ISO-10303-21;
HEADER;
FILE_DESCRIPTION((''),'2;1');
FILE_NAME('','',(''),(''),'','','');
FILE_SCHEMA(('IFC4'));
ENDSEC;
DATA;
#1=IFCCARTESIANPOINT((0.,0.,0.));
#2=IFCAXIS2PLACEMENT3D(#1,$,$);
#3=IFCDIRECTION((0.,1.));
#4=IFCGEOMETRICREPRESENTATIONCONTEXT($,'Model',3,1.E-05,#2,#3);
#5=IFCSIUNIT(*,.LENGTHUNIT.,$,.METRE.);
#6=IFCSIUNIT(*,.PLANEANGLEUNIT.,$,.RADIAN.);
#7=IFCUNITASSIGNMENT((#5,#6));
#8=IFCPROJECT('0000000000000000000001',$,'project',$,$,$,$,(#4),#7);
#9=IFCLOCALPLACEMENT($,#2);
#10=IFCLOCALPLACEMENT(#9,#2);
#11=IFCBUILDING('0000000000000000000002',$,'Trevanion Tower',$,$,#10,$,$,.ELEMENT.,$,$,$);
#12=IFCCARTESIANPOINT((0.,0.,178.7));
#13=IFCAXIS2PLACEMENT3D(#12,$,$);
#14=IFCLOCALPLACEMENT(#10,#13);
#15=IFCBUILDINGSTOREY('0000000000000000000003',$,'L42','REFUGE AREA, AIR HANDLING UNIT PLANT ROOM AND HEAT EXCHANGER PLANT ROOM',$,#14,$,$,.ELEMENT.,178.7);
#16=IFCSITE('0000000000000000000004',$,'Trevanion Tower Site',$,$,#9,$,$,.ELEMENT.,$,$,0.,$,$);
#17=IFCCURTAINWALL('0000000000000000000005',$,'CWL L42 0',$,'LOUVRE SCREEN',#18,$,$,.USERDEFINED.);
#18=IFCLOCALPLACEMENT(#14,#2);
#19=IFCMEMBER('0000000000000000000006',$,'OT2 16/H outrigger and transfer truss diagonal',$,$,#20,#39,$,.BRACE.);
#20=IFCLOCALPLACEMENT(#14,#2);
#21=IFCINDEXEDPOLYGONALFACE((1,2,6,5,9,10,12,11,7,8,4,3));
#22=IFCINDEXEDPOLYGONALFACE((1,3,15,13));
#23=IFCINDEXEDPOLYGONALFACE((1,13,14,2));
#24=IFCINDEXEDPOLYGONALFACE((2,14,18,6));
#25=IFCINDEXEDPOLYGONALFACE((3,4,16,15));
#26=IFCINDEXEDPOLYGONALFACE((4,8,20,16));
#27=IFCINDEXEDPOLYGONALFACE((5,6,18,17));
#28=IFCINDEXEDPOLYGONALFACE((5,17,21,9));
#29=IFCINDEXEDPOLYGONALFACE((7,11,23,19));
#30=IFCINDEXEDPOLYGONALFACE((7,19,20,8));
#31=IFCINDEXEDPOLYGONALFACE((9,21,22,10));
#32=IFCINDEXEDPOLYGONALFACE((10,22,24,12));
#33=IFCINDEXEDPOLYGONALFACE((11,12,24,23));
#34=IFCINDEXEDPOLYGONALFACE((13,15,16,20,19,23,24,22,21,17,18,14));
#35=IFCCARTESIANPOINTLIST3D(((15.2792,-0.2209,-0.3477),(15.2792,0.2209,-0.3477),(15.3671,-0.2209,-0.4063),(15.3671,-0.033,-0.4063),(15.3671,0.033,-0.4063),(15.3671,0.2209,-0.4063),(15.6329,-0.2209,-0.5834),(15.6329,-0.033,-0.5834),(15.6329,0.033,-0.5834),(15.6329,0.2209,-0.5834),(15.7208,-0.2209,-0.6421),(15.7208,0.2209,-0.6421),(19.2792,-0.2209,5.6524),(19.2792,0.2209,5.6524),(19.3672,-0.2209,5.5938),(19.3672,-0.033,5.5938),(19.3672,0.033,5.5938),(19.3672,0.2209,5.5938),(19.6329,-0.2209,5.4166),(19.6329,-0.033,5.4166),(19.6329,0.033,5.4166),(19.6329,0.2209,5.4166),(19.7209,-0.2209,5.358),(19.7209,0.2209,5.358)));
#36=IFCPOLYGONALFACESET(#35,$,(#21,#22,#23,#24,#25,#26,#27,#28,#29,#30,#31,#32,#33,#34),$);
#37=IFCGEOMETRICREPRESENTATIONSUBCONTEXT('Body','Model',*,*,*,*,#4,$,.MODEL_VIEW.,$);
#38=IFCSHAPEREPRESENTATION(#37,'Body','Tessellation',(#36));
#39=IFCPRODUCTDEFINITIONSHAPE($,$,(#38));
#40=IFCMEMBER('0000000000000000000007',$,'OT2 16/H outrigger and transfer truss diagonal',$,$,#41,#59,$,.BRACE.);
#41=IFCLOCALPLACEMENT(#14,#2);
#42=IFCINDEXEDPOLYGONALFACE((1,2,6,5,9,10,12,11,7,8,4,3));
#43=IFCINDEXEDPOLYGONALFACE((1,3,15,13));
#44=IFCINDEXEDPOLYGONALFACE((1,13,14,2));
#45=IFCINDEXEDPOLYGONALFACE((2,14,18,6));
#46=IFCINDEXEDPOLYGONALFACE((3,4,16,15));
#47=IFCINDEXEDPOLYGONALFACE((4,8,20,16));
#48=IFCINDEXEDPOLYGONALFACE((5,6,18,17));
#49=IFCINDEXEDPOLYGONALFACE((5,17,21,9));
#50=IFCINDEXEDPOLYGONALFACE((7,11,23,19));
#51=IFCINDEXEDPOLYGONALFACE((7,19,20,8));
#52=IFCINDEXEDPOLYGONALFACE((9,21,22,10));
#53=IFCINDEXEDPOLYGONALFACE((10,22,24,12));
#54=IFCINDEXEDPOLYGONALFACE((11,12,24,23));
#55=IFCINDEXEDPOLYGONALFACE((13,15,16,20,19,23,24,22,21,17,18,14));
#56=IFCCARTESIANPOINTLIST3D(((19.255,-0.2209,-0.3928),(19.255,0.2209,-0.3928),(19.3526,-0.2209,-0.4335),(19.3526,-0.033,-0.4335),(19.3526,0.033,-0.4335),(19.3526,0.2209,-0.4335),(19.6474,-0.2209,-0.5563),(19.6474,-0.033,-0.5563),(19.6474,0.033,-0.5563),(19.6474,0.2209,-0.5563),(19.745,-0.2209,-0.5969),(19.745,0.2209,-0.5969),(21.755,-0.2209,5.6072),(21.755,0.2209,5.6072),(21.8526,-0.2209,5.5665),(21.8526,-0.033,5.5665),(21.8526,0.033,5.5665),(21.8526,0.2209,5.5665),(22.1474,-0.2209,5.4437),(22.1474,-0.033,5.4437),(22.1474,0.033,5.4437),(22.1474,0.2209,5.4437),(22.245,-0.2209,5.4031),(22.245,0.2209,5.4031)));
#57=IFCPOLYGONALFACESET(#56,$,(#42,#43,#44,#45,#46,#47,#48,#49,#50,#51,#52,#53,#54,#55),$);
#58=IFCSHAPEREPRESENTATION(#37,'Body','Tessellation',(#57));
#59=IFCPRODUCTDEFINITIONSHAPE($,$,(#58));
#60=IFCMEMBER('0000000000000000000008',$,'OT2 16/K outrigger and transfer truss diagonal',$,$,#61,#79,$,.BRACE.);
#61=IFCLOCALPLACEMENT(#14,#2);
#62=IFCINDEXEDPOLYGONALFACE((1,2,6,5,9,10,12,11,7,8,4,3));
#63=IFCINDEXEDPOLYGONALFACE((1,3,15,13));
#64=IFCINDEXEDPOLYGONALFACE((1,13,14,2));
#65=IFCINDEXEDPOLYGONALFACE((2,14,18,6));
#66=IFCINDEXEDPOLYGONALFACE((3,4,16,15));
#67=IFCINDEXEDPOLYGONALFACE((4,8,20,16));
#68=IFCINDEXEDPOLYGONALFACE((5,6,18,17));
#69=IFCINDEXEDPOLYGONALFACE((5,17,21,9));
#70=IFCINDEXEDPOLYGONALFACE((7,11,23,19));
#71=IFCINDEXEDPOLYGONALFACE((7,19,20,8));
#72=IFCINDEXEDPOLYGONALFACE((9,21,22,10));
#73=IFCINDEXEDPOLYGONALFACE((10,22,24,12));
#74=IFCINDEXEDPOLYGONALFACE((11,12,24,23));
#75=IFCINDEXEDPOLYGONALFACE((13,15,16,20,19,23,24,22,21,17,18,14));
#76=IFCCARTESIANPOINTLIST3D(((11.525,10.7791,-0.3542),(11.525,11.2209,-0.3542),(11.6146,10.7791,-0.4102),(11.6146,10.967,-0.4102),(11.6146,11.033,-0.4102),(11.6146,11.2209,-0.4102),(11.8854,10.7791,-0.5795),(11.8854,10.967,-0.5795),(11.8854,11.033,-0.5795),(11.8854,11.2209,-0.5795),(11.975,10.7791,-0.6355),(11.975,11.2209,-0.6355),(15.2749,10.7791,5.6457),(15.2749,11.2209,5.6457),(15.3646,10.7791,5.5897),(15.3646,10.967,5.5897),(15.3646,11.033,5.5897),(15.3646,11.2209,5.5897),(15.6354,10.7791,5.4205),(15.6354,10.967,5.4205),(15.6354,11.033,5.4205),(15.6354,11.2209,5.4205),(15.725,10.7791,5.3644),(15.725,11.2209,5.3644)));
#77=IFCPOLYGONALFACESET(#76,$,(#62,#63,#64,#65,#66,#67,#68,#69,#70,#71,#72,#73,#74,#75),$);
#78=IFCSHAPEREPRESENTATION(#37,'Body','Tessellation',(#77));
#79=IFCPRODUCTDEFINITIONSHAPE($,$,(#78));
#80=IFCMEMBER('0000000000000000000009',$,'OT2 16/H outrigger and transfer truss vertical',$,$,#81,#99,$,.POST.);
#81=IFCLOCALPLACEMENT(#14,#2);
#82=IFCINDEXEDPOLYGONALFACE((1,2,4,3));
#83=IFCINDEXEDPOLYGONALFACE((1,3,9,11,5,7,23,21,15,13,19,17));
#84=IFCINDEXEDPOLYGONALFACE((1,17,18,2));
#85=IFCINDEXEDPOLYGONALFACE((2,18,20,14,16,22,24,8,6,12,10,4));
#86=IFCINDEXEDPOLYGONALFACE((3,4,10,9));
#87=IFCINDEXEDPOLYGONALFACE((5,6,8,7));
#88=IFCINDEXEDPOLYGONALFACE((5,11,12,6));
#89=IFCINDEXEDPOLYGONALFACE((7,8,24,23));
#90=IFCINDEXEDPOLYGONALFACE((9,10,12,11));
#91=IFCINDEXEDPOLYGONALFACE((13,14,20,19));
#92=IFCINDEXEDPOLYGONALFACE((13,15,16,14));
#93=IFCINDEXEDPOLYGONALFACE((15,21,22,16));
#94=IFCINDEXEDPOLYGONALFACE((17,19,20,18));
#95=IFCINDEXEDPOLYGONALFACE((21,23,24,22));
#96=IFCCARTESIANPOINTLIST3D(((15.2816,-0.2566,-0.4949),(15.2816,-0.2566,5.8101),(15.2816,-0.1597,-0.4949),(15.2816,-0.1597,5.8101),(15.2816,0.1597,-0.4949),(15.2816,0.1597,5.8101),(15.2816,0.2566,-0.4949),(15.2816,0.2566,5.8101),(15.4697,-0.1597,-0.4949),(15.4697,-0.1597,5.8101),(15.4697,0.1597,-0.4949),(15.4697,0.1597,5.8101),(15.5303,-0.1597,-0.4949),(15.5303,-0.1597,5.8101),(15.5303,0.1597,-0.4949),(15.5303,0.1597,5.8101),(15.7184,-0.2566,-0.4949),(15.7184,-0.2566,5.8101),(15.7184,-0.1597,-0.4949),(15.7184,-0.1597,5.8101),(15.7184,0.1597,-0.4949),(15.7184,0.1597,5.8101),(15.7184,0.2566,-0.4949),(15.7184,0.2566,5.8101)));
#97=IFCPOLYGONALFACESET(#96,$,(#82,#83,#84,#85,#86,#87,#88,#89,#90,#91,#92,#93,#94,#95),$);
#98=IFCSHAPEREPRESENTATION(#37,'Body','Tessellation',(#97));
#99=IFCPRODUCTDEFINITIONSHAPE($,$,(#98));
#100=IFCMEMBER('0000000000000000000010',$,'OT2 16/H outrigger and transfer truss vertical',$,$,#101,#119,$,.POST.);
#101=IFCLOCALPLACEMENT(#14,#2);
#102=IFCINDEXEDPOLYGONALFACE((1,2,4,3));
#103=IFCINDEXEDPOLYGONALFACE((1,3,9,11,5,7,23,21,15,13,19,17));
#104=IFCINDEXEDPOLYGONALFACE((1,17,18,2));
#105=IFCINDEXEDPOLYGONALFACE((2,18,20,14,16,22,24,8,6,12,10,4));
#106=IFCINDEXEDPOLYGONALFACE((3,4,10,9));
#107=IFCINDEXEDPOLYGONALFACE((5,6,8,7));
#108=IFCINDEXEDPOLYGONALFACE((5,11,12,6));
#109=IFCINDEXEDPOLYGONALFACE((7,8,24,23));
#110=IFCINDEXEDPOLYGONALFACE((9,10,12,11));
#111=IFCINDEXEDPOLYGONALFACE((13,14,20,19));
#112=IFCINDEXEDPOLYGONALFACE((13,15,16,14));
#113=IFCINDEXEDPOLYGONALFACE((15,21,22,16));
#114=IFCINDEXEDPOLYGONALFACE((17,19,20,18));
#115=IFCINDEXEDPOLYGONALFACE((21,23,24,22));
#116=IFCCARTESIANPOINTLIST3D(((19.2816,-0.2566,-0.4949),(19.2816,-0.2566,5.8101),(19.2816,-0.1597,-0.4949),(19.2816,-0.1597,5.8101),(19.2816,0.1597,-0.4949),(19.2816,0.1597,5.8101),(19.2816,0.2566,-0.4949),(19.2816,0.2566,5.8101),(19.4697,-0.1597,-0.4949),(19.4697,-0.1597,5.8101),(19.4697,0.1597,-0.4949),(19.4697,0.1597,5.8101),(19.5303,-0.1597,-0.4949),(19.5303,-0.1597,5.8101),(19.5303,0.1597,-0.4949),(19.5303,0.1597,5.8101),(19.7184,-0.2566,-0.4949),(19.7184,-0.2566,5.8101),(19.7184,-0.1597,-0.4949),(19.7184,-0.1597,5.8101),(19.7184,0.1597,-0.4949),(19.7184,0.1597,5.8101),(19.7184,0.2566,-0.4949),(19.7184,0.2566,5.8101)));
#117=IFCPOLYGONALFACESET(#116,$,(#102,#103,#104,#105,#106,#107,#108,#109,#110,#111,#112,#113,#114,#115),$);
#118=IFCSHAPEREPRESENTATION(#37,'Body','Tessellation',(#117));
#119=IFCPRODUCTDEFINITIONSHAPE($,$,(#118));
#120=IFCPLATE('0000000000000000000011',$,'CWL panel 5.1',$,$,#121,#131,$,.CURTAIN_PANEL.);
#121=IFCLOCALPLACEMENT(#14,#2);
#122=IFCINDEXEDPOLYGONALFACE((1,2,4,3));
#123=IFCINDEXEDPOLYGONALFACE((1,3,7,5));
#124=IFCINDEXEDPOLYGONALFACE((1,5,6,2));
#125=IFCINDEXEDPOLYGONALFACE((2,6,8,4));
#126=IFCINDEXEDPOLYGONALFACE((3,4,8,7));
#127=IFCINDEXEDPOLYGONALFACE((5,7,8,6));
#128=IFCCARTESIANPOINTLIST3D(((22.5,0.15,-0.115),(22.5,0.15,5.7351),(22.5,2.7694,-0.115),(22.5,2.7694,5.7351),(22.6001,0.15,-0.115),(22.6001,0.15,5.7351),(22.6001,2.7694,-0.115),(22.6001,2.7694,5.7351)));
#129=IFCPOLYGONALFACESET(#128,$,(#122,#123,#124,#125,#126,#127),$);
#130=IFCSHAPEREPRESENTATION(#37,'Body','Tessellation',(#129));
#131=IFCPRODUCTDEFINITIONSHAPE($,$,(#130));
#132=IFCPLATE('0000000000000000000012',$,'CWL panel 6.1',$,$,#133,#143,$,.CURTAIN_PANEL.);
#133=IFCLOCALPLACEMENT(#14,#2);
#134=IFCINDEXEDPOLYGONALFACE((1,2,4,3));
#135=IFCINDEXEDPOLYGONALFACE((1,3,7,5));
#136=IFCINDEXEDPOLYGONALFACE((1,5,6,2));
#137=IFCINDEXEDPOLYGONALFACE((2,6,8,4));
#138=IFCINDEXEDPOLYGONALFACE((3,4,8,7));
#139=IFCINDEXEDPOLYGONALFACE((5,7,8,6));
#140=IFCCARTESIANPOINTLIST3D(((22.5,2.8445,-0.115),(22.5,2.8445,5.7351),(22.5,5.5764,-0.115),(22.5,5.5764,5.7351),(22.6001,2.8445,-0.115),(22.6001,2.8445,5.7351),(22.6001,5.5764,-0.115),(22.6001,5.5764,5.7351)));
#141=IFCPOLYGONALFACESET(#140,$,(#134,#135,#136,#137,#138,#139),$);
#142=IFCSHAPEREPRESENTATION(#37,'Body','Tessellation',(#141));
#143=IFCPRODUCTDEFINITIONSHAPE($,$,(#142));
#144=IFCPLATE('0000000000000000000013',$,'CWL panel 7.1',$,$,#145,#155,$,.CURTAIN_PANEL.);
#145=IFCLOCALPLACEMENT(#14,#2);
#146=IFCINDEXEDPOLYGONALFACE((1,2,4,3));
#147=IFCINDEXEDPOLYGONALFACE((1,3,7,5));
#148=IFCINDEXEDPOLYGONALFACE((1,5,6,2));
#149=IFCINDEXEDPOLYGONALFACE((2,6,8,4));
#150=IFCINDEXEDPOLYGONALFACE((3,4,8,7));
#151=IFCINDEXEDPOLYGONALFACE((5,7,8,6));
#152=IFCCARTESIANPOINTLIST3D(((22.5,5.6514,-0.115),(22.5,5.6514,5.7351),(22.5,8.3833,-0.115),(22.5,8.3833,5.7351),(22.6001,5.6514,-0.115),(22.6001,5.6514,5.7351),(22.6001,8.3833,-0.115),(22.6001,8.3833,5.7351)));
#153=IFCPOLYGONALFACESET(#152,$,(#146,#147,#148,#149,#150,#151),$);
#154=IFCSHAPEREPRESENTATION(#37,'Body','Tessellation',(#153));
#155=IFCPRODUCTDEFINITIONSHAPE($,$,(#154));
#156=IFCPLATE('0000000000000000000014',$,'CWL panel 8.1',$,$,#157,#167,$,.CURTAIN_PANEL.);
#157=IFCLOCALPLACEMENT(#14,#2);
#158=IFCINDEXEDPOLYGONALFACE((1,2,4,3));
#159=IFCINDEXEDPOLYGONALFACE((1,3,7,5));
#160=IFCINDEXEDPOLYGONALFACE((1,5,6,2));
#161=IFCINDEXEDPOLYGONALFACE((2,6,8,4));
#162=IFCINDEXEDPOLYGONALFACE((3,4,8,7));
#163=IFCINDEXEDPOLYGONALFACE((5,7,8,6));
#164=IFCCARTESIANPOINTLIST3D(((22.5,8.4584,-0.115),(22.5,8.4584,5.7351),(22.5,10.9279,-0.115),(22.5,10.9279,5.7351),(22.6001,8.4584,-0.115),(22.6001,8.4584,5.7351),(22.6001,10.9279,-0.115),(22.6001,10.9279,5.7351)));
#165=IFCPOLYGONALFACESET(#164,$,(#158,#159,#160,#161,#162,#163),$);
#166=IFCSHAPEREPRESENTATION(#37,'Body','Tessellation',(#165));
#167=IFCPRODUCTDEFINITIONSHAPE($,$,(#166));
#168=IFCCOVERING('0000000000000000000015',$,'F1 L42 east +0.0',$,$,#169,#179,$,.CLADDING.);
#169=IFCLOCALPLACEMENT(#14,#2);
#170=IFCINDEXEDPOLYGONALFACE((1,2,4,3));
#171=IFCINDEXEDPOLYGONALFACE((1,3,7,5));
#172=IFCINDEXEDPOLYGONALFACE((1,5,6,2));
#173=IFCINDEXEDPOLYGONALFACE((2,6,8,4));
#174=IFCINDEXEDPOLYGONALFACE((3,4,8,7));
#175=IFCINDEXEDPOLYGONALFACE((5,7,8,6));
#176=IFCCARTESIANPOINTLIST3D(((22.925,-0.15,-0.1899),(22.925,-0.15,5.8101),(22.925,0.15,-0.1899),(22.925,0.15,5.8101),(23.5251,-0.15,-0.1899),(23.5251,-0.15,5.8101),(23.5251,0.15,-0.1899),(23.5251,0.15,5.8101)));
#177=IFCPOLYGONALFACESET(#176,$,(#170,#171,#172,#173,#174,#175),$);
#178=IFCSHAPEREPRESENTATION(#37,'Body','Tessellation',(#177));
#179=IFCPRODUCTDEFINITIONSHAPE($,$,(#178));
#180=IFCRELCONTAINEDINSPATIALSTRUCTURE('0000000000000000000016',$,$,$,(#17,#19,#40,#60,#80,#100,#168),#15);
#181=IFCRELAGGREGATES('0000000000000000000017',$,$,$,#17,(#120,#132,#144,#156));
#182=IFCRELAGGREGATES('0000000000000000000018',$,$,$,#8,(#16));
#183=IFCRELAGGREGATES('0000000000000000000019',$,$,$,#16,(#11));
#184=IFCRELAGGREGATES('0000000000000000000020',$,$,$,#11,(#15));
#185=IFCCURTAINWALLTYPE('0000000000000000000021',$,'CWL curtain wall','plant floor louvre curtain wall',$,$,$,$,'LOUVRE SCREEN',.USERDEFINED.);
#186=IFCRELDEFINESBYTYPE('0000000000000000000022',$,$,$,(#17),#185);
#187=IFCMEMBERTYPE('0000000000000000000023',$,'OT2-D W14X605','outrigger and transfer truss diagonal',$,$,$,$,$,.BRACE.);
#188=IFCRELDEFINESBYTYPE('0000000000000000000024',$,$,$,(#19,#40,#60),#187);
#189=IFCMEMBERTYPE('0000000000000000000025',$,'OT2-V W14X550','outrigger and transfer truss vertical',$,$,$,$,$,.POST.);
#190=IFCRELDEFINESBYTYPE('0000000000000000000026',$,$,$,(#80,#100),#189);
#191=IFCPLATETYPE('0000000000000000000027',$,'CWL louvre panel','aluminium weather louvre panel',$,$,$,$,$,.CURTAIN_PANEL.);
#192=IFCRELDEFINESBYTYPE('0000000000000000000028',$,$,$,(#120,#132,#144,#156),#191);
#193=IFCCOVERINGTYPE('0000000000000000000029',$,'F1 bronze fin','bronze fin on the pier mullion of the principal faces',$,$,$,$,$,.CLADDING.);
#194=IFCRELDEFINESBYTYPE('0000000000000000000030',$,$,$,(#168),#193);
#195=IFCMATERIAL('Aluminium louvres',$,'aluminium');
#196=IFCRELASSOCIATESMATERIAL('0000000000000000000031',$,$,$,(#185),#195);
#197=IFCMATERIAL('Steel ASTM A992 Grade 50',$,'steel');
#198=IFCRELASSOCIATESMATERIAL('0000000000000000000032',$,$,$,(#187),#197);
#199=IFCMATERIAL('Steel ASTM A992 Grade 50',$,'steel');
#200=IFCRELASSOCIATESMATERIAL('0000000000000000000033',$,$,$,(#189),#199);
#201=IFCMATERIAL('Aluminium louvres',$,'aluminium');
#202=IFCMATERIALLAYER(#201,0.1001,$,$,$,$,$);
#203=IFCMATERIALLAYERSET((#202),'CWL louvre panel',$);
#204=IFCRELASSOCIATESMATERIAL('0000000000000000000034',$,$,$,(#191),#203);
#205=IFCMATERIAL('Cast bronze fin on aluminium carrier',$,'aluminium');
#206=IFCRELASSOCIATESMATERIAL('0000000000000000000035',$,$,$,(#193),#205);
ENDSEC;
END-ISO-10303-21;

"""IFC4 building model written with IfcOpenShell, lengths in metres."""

from ifc_helpers import new_model, si_unit, direction, frame, origin, origin_2d, place, context, subcontext, project, spatial, rectangle, i_section, extrude, material, layer, layer_set, material_profile, profile_set, type_object, element, aggregate, save


model = new_model("IFC4")

# Units and contexts
model_context = context("Model", 3, precision=1e-05, world=origin(), true_north=direction((0.0, 1.0)))
body_context = subcontext(model_context, "Body", "Model", "MODEL_VIEW")
ifc_project = project(units=[si_unit("LENGTHUNIT", "METRE"), si_unit("PLANEANGLEUNIT", "RADIAN")], contexts=[model_context])

# Site, building, storey
site_placement = place(None, origin())
site = spatial("IfcSite", under=ifc_project, at=site_placement, Name="Trevanion Tower Site", CompositionType="ELEMENT", RefElevation=0.0)
building_placement = place(site_placement, origin())
building = spatial("IfcBuilding", under=site, at=building_placement, Name="Trevanion Tower", CompositionType="ELEMENT")
storey_placement = place(building_placement, frame((0.0, 0.0, 178.7)))
storey = spatial("IfcBuildingStorey", under=building, at=storey_placement, Name="L42", Description="REFUGE AREA, AIR HANDLING UNIT PLANT ROOM AND HEAT EXCHANGER PLANT ROOM", CompositionType="ELEMENT", Elevation=178.7)

# Curtain wall
ifc_material_1 = material(Name="Aluminium louvres", Category="aluminium")
curtain_wall_type = type_object("IfcCurtainWallType", Name="CWL curtain wall", Description="plant floor louvre curtain wall", ElementType="LOUVRE SCREEN", PredefinedType="USERDEFINED", material=ifc_material_1)
curtain_wall_placement = place(storey_placement, origin())
curtain_wall = element("IfcCurtainWall", 1, at=curtain_wall_placement, inside=storey, type_object=curtain_wall_type, Name="CWL L42 0", ObjectType="LOUVRE SCREEN", PredefinedType="USERDEFINED")

# Members
ifc_material_2 = material(Name="Steel ASTM A992 Grade 50", Category="steel")
ifc_material_profile_1 = material_profile(ifc_material_2, i_section(OverallWidth=0.4419, OverallDepth=0.5308, WebThickness=0.0659, FlangeThickness=0.1057, at=origin_2d()), Name="W14X605")
ifc_profile_set_1 = profile_set([ifc_material_profile_1], Name="Steel ASTM A992 Grade 50")
member_type_1 = type_object("IfcMemberType", Name="OT2-D W14X605", Description="outrigger and transfer truss diagonal", PredefinedType="BRACE", material=ifc_profile_set_1)
member_1_placement = place(storey_placement, frame((15.5, 0.0, -0.4949), z_axis=(0.5547, 0.0, 0.83205), x_axis=(0.0, 1.0, 0.0)))
element("IfcMember", 2, at=member_1_placement, inside=storey, type_object=member_type_1, Name="OT2 16/H outrigger and transfer truss diagonal", PredefinedType="BRACE", context=body_context, shape_type="SweptSolid", body=[
    extrude(i_section(OverallWidth=0.4419, OverallDepth=0.5308, WebThickness=0.0659, FlangeThickness=0.1057, at=origin_2d()), origin(), (0.0, 0.0, 1.0), 7.2112),
])
member_2_placement = place(storey_placement, frame((19.5, 0.0, -0.4949), z_axis=(0.384615, 0.0, 0.923077), x_axis=(0.0, 1.0, 0.0)))
element("IfcMember", 3, at=member_2_placement, inside=storey, type_object=member_type_1, Name="OT2 16/H outrigger and transfer truss diagonal", PredefinedType="BRACE", context=body_context, shape_type="SweptSolid", body=[
    extrude(i_section(OverallWidth=0.4419, OverallDepth=0.5308, WebThickness=0.0659, FlangeThickness=0.1057, at=origin_2d()), origin(), (0.0, 0.0, 1.0), 6.5),
])
member_3_placement = place(storey_placement, frame((11.75, 11.0, -0.4949), z_axis=(0.529999, 0.0, 0.847998), x_axis=(0.0, 1.0, 0.0)))
element("IfcMember", 4, at=member_3_placement, inside=storey, type_object=member_type_1, Name="OT2 16/K outrigger and transfer truss diagonal", PredefinedType="BRACE", context=body_context, shape_type="SweptSolid", body=[
    extrude(i_section(OverallWidth=0.4419, OverallDepth=0.5308, WebThickness=0.0659, FlangeThickness=0.1057, at=origin_2d()), origin(), (0.0, 0.0, 1.0), 7.0754),
])
ifc_material_3 = material(Name="Steel ASTM A992 Grade 50", Category="steel")
ifc_material_profile_2 = material_profile(ifc_material_3, i_section(OverallWidth=0.4368, OverallDepth=0.5132, WebThickness=0.0605, FlangeThickness=0.0969, at=origin_2d()), Name="W14X550")
ifc_profile_set_2 = profile_set([ifc_material_profile_2], Name="Steel ASTM A992 Grade 50")
member_type_2 = type_object("IfcMemberType", Name="OT2-V W14X550", Description="outrigger and transfer truss vertical", PredefinedType="POST", material=ifc_profile_set_2)
for number, where, z_axis, x_axis, name in (
    (5, (15.5, 0.0, -0.4949), (0.0, 0.0, 1.0), (1.0, 0.0, 0.0), "OT2 16/H outrigger and transfer truss vertical"),
    (6, (19.5, 0.0, -0.4949), (0.0, 0.0, 1.0), (1.0, 0.0, 0.0), "OT2 16/H outrigger and transfer truss vertical"),
):
    element("IfcMember", number, at=place(storey_placement, frame(where, z_axis=z_axis, x_axis=x_axis)), inside=storey, type_object=member_type_2, Name=name, PredefinedType="POST", context=body_context, shape_type="SweptSolid", body=[
        extrude(i_section(OverallWidth=0.4368, OverallDepth=0.5132, WebThickness=0.0605, FlangeThickness=0.0969, at=origin_2d()), origin(), (0.0, 0.0, 1.0), 6.3049),
    ])

# Plates
ifc_material_4 = material(Name="Aluminium louvres", Category="aluminium")
ifc_layer = layer(ifc_material_4, 0.1001)
ifc_layer_set = layer_set([ifc_layer], Name="CWL louvre panel")
plate_type = type_object("IfcPlateType", Name="CWL louvre panel", Description="aluminium weather louvre panel", PredefinedType="CURTAIN_PANEL", material=ifc_layer_set)
plate_1_placement = place(storey_placement, frame((22.55, 1.4597, -0.115), z_axis=(0.0, 0.0, 1.0), x_axis=(0.0, 1.0, 0.0)))
plate_1 = element("IfcPlate", 7, at=plate_1_placement, type_object=plate_type, Name="CWL panel 5.1", PredefinedType="CURTAIN_PANEL", context=body_context, shape_type="SweptSolid", body=[
    extrude(rectangle(XDim=2.6194, YDim=0.1001, at=origin_2d()), origin(), (0.0, 0.0, 1.0), 5.8501),
])
plate_2_placement = place(storey_placement, frame((22.55, 4.2104, -0.115), z_axis=(0.0, 0.0, 1.0), x_axis=(0.0, 1.0, 0.0)))
plate_2 = element("IfcPlate", 8, at=plate_2_placement, type_object=plate_type, Name="CWL panel 6.1", PredefinedType="CURTAIN_PANEL", context=body_context, shape_type="SweptSolid", body=[
    extrude(rectangle(XDim=2.7319, YDim=0.1001, at=origin_2d()), origin(), (0.0, 0.0, 1.0), 5.8501),
])
plate_3_placement = place(storey_placement, frame((22.55, 7.0173, -0.115), z_axis=(0.0, 0.0, 1.0), x_axis=(0.0, 1.0, 0.0)))
plate_3 = element("IfcPlate", 9, at=plate_3_placement, type_object=plate_type, Name="CWL panel 7.1", PredefinedType="CURTAIN_PANEL", context=body_context, shape_type="SweptSolid", body=[
    extrude(rectangle(XDim=2.7319, YDim=0.1001, at=origin_2d()), origin(), (0.0, 0.0, 1.0), 5.8501),
])
plate_4_placement = place(storey_placement, frame((22.55, 9.6931, -0.115), z_axis=(0.0, 0.0, 1.0), x_axis=(0.0, 1.0, 0.0)))
plate_4 = element("IfcPlate", 10, at=plate_4_placement, type_object=plate_type, Name="CWL panel 8.1", PredefinedType="CURTAIN_PANEL", context=body_context, shape_type="SweptSolid", body=[
    extrude(rectangle(XDim=2.4695, YDim=0.1001, at=origin_2d()), origin(), (0.0, 0.0, 1.0), 5.8501),
])
aggregate(curtain_wall, [plate_1, plate_2, plate_3, plate_4])

# Covering
ifc_material_5 = material(Name="Cast bronze fin on aluminium carrier", Category="aluminium")
covering_type = type_object("IfcCoveringType", Name="F1 bronze fin", Description="bronze fin on the pier mullion of the principal faces", PredefinedType="CLADDING", material=ifc_material_5)
covering_placement = place(storey_placement, frame((23.2251, 0.0, -0.1899), z_axis=(0.0, 0.0, 1.0), x_axis=(0.0, 1.0, 0.0)))
element("IfcCovering", 11, at=covering_placement, inside=storey, type_object=covering_type, Name="F1 L42 east +0.0", PredefinedType="CLADDING", context=body_context, shape_type="SweptSolid", body=[
    extrude(rectangle(XDim=0.3, YDim=0.6001, at=origin_2d()), origin(), (0.0, 0.0, 1.0), 6.0),
])

save(model, "model.ifc")
